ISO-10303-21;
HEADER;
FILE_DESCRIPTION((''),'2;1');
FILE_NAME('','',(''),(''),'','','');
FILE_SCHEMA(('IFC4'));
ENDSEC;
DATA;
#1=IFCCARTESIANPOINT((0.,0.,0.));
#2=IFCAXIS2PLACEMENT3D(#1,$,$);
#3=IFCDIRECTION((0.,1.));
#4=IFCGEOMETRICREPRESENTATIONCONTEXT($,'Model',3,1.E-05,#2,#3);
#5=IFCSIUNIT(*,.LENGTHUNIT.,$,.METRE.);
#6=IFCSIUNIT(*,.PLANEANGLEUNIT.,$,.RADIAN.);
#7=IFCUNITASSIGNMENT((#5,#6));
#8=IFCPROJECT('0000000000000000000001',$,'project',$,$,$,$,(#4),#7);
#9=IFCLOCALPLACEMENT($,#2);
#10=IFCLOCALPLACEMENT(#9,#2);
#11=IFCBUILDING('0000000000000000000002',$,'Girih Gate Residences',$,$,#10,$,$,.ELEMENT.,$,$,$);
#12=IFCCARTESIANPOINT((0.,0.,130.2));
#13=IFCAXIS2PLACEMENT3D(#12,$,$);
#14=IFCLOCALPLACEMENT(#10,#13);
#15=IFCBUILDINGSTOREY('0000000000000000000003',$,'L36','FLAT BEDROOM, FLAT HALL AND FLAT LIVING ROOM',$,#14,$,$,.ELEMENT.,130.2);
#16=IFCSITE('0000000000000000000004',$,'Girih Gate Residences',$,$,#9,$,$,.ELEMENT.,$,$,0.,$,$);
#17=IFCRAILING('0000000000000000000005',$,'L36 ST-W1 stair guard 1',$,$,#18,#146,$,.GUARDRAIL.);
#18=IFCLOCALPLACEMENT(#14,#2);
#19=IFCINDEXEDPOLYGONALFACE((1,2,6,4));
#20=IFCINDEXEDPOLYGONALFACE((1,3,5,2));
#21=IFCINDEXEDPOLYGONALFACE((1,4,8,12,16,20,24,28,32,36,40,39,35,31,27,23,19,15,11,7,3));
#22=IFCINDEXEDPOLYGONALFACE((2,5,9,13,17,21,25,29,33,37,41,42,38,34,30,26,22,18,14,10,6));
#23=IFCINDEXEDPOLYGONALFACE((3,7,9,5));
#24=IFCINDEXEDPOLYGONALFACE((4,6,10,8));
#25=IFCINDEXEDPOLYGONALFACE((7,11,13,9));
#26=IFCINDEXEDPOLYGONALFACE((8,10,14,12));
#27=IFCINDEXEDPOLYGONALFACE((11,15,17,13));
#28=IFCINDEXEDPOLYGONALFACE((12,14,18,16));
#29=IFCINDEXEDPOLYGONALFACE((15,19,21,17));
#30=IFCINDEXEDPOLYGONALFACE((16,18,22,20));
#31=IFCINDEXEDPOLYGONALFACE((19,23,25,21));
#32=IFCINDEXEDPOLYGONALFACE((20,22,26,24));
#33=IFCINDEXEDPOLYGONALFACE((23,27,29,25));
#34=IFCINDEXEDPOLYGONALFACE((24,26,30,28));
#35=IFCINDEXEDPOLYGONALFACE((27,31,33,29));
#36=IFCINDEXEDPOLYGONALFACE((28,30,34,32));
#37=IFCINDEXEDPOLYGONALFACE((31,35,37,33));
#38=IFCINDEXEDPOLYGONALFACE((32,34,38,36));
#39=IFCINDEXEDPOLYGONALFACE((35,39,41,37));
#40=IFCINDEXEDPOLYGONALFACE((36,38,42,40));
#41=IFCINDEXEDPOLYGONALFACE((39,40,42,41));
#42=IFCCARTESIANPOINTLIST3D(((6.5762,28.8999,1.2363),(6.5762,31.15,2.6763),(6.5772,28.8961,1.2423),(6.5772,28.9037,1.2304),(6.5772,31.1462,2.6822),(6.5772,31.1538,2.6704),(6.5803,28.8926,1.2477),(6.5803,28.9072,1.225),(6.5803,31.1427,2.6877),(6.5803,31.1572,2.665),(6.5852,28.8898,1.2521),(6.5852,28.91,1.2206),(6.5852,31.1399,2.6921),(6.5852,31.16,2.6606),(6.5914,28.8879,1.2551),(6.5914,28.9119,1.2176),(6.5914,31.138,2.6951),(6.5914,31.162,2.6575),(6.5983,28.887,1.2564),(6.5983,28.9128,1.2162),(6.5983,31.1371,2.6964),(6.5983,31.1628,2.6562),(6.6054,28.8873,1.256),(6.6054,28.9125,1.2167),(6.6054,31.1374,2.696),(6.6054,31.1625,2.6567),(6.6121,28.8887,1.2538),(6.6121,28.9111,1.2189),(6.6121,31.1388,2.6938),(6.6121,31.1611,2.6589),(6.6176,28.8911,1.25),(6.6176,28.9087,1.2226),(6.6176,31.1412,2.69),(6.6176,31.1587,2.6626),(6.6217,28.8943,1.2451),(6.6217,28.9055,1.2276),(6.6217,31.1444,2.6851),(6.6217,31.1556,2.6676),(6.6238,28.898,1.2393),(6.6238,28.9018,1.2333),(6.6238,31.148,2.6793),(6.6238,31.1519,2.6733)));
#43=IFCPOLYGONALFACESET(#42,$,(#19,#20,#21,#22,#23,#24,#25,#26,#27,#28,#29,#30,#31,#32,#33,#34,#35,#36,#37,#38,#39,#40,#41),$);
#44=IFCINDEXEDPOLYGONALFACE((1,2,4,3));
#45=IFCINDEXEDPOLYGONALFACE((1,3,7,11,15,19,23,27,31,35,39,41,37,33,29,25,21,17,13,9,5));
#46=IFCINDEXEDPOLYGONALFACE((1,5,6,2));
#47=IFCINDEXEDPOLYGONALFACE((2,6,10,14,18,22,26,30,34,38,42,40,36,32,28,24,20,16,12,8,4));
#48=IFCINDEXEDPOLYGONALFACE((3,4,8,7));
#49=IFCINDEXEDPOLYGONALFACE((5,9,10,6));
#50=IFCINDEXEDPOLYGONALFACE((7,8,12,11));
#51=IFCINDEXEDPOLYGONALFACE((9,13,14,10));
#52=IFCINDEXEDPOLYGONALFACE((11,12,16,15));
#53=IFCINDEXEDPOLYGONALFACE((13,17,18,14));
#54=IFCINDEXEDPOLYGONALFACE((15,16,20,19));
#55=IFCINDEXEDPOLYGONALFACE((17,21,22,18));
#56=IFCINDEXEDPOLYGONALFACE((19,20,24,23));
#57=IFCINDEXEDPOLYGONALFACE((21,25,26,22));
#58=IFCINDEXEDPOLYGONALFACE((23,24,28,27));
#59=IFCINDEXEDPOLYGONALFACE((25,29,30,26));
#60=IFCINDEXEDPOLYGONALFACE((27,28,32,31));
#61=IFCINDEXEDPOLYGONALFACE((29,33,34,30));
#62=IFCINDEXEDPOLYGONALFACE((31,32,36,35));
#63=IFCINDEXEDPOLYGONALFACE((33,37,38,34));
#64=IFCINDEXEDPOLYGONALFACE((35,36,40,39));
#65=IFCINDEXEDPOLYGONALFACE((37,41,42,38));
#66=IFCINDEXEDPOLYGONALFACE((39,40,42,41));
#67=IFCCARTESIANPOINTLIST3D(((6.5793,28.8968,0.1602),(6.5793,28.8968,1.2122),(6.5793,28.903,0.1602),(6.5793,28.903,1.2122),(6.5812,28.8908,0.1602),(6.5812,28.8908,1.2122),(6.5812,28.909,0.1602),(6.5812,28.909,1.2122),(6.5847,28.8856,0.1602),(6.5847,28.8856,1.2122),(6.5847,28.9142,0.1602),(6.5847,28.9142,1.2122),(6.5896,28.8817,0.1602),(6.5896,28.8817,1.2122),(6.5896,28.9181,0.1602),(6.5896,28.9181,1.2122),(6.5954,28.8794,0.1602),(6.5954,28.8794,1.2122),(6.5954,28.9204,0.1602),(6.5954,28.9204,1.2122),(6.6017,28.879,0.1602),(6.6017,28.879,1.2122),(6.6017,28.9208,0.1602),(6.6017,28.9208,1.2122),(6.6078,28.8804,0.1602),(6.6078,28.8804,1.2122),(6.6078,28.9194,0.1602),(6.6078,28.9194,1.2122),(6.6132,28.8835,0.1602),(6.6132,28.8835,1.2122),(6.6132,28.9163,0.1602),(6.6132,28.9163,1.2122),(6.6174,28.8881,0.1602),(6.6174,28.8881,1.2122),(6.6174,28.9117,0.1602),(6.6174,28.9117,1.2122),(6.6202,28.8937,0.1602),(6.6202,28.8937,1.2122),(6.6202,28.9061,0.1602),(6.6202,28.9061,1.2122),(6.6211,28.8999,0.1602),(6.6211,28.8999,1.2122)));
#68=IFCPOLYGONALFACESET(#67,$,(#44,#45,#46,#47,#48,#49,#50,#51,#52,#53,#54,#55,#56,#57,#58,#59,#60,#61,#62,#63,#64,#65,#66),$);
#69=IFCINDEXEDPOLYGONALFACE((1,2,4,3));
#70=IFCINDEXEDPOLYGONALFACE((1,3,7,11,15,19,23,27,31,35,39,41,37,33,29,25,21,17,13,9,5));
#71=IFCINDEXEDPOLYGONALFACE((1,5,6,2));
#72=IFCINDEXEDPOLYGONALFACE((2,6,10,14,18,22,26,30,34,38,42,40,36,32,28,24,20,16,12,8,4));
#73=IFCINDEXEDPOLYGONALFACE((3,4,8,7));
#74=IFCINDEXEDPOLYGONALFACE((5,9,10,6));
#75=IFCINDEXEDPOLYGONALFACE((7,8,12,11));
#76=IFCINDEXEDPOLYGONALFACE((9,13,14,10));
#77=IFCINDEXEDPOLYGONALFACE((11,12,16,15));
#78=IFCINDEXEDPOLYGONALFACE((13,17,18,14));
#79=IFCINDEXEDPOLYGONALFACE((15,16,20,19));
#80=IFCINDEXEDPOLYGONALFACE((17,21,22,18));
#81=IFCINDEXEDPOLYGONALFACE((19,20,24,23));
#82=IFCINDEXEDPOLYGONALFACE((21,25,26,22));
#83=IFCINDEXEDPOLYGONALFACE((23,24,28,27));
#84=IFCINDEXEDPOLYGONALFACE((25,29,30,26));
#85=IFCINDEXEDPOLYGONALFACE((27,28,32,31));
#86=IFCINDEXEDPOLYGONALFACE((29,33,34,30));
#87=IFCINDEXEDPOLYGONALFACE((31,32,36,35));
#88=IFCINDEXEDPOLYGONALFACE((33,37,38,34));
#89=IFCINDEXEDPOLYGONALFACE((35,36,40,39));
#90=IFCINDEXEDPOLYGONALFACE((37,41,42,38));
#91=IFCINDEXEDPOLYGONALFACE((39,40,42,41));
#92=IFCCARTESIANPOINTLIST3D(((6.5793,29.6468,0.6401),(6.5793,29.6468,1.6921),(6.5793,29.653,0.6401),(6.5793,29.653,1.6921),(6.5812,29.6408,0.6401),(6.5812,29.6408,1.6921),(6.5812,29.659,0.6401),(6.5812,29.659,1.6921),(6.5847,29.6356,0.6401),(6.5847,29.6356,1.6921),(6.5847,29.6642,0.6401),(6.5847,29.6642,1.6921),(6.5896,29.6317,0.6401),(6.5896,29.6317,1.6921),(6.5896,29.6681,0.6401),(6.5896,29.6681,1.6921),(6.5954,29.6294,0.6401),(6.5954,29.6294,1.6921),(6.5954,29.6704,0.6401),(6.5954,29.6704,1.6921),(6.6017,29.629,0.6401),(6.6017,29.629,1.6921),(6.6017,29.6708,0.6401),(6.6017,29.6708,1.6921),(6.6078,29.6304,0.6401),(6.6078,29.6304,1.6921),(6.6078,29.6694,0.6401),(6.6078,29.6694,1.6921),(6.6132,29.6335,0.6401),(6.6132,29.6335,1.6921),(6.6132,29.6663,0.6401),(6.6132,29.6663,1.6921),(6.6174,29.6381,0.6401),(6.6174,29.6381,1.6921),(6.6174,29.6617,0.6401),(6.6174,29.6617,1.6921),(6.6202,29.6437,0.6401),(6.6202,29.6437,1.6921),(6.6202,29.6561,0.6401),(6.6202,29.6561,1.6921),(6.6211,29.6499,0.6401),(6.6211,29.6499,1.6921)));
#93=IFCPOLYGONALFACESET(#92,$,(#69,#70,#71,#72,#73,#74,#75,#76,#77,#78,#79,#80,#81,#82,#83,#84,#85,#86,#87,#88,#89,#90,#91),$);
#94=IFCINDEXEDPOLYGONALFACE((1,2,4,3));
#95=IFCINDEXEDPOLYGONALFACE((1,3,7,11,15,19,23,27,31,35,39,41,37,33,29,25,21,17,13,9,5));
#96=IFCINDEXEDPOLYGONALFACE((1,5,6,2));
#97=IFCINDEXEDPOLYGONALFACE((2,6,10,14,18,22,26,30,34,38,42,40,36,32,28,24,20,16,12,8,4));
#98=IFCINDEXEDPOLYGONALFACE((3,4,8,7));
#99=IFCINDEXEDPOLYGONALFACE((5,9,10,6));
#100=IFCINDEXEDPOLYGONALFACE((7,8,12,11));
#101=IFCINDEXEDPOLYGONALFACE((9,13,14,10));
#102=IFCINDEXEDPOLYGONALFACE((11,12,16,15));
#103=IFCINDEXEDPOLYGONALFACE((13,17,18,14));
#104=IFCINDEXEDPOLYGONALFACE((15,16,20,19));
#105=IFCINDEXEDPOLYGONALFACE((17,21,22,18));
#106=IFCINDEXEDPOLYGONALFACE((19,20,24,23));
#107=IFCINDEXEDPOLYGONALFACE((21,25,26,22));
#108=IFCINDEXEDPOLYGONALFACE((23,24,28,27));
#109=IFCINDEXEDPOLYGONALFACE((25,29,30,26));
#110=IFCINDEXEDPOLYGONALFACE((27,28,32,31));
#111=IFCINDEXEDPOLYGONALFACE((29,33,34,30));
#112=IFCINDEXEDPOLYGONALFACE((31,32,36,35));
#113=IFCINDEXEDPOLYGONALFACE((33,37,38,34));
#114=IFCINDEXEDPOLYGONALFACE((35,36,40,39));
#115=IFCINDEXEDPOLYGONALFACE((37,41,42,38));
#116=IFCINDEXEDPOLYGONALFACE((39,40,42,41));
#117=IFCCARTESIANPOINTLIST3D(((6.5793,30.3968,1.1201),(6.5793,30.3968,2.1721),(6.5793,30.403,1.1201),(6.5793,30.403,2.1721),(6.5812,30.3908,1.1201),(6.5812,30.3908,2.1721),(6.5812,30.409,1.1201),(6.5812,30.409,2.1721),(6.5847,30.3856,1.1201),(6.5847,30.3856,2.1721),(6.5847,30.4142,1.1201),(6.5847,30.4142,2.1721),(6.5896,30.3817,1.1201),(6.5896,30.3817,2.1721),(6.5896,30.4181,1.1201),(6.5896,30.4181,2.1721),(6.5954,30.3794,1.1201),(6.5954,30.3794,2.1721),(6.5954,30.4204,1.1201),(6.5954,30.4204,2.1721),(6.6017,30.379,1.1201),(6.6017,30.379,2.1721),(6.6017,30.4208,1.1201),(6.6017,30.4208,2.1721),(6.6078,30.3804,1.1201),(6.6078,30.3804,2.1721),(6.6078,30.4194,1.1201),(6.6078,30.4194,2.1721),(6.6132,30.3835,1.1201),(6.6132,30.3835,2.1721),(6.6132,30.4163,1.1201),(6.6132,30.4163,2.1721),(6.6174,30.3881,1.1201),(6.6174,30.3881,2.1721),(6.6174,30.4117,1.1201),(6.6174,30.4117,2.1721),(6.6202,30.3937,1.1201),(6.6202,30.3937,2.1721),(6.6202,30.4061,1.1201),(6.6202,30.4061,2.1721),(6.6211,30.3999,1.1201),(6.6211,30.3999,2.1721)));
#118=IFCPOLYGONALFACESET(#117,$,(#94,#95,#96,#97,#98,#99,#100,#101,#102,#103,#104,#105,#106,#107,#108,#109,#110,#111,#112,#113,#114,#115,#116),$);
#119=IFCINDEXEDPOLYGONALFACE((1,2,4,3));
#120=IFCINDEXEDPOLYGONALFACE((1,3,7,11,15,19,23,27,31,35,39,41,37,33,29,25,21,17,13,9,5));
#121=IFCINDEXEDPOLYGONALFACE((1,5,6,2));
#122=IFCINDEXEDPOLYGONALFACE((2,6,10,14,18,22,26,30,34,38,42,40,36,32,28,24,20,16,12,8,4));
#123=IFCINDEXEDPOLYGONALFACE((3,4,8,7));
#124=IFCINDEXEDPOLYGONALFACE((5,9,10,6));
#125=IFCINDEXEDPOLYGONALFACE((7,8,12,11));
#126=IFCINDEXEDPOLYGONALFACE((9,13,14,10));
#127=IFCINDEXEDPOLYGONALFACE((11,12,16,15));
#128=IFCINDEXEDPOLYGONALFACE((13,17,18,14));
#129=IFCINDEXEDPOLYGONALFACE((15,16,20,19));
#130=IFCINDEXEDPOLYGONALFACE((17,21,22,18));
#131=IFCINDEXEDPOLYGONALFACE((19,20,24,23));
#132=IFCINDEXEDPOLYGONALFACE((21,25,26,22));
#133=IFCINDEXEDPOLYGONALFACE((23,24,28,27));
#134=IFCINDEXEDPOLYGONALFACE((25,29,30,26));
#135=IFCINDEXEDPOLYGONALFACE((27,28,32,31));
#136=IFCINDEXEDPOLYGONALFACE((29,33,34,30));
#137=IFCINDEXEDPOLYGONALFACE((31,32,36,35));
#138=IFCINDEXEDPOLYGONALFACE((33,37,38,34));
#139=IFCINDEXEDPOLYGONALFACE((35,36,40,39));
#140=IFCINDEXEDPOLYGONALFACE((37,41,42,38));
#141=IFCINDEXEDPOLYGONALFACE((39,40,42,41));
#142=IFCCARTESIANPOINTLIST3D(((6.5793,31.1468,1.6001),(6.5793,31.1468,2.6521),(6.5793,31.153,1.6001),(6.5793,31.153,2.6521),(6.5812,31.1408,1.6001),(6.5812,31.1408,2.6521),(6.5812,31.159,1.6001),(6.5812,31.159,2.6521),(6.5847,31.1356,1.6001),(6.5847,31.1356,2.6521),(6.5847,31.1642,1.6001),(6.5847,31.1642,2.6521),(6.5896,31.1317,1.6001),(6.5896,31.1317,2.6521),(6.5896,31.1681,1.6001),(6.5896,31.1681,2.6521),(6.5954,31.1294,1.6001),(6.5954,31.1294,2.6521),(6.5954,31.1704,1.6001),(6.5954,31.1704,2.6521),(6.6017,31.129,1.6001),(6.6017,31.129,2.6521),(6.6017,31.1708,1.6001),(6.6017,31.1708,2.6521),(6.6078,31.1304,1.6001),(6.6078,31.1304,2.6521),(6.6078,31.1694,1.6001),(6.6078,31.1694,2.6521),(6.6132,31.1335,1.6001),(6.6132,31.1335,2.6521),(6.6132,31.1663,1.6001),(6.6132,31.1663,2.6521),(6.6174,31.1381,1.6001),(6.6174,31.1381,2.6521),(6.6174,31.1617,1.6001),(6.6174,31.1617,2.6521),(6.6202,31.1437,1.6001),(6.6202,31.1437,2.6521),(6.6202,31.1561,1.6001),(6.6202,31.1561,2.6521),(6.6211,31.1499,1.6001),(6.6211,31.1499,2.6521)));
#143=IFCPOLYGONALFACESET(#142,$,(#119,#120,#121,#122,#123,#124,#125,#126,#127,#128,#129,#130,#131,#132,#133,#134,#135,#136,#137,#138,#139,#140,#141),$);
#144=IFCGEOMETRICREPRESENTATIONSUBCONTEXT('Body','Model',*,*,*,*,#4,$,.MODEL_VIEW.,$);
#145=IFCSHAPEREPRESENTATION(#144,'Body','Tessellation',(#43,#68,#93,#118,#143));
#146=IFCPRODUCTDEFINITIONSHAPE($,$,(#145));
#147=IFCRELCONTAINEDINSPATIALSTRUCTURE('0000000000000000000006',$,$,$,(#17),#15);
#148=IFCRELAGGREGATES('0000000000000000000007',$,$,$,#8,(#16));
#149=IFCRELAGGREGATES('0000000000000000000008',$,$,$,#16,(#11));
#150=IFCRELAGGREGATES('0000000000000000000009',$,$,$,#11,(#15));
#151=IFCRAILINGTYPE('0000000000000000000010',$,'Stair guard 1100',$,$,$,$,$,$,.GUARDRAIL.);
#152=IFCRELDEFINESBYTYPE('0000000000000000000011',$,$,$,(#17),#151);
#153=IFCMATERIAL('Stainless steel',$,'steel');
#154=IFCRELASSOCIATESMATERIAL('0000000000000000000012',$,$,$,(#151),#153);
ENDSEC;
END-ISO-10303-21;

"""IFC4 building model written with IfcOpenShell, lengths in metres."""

from ifc_helpers import new_model, si_unit, direction, frame, origin, origin_2d, place, context, subcontext, project, spatial, circle, extrude, material, type_object, element, save


model = new_model("IFC4")

# Units and contexts
model_context = context("Model", 3, precision=1e-05, world=origin(), true_north=direction((0.0, 1.0)))
body_context = subcontext(model_context, "Body", "Model", "MODEL_VIEW")
ifc_project = project(units=[si_unit("LENGTHUNIT", "METRE"), si_unit("PLANEANGLEUNIT", "RADIAN")], contexts=[model_context])

# Site, building, storey
site_placement = place(None, origin())
site = spatial("IfcSite", under=ifc_project, at=site_placement, Name="Girih Gate Residences", CompositionType="ELEMENT", RefElevation=0.0)
building_placement = place(site_placement, origin())
building = spatial("IfcBuilding", under=site, at=building_placement, Name="Girih Gate Residences", CompositionType="ELEMENT")
storey_placement = place(building_placement, frame((0.0, 0.0, 130.2)))
storey = spatial("IfcBuildingStorey", under=building, at=storey_placement, Name="L36", Description="FLAT BEDROOM, FLAT HALL AND FLAT LIVING ROOM", CompositionType="ELEMENT", Elevation=130.2)

# Railing
ifc_material_1 = material(Name="Stainless steel", Category="steel")
railing_type_1 = type_object("IfcRailingType", Name="Stair guard 1100", PredefinedType="GUARDRAIL", material=ifc_material_1)
railing_1_placement = place(storey_placement, frame((6.6001, 28.8999, 0.1602)))
element("IfcRailing", 1, at=railing_1_placement, inside=storey, type_object=railing_type_1, Name="L36 ST-W1 stair guard 1", PredefinedType="GUARDRAIL", context=body_context, shape_type="SweptSolid", body=[
    extrude(circle(Radius=0.0239, at=origin_2d()), frame((0.0, 0.0, 1.0762), z_axis=(0.0, 0.842281, 0.539038), x_axis=(-1.0, 0.0, 0.0)), (0.0, 0.0, 1.0), 2.6714),
    extrude(circle(Radius=0.021, at=origin_2d()), origin(), (0.0, 0.0, 1.0), 1.052),
    extrude(circle(Radius=0.021, at=origin_2d()), frame((0.0, 0.75, 0.48)), (0.0, 0.0, 1.0), 1.052),
    extrude(circle(Radius=0.021, at=origin_2d()), frame((0.0, 1.5, 0.96)), (0.0, 0.0, 1.0), 1.052),
    extrude(circle(Radius=0.021, at=origin_2d()), frame((0.0, 2.25, 1.4399)), (0.0, 0.0, 1.0), 1.052),
])

save(model, "model.ifc")
